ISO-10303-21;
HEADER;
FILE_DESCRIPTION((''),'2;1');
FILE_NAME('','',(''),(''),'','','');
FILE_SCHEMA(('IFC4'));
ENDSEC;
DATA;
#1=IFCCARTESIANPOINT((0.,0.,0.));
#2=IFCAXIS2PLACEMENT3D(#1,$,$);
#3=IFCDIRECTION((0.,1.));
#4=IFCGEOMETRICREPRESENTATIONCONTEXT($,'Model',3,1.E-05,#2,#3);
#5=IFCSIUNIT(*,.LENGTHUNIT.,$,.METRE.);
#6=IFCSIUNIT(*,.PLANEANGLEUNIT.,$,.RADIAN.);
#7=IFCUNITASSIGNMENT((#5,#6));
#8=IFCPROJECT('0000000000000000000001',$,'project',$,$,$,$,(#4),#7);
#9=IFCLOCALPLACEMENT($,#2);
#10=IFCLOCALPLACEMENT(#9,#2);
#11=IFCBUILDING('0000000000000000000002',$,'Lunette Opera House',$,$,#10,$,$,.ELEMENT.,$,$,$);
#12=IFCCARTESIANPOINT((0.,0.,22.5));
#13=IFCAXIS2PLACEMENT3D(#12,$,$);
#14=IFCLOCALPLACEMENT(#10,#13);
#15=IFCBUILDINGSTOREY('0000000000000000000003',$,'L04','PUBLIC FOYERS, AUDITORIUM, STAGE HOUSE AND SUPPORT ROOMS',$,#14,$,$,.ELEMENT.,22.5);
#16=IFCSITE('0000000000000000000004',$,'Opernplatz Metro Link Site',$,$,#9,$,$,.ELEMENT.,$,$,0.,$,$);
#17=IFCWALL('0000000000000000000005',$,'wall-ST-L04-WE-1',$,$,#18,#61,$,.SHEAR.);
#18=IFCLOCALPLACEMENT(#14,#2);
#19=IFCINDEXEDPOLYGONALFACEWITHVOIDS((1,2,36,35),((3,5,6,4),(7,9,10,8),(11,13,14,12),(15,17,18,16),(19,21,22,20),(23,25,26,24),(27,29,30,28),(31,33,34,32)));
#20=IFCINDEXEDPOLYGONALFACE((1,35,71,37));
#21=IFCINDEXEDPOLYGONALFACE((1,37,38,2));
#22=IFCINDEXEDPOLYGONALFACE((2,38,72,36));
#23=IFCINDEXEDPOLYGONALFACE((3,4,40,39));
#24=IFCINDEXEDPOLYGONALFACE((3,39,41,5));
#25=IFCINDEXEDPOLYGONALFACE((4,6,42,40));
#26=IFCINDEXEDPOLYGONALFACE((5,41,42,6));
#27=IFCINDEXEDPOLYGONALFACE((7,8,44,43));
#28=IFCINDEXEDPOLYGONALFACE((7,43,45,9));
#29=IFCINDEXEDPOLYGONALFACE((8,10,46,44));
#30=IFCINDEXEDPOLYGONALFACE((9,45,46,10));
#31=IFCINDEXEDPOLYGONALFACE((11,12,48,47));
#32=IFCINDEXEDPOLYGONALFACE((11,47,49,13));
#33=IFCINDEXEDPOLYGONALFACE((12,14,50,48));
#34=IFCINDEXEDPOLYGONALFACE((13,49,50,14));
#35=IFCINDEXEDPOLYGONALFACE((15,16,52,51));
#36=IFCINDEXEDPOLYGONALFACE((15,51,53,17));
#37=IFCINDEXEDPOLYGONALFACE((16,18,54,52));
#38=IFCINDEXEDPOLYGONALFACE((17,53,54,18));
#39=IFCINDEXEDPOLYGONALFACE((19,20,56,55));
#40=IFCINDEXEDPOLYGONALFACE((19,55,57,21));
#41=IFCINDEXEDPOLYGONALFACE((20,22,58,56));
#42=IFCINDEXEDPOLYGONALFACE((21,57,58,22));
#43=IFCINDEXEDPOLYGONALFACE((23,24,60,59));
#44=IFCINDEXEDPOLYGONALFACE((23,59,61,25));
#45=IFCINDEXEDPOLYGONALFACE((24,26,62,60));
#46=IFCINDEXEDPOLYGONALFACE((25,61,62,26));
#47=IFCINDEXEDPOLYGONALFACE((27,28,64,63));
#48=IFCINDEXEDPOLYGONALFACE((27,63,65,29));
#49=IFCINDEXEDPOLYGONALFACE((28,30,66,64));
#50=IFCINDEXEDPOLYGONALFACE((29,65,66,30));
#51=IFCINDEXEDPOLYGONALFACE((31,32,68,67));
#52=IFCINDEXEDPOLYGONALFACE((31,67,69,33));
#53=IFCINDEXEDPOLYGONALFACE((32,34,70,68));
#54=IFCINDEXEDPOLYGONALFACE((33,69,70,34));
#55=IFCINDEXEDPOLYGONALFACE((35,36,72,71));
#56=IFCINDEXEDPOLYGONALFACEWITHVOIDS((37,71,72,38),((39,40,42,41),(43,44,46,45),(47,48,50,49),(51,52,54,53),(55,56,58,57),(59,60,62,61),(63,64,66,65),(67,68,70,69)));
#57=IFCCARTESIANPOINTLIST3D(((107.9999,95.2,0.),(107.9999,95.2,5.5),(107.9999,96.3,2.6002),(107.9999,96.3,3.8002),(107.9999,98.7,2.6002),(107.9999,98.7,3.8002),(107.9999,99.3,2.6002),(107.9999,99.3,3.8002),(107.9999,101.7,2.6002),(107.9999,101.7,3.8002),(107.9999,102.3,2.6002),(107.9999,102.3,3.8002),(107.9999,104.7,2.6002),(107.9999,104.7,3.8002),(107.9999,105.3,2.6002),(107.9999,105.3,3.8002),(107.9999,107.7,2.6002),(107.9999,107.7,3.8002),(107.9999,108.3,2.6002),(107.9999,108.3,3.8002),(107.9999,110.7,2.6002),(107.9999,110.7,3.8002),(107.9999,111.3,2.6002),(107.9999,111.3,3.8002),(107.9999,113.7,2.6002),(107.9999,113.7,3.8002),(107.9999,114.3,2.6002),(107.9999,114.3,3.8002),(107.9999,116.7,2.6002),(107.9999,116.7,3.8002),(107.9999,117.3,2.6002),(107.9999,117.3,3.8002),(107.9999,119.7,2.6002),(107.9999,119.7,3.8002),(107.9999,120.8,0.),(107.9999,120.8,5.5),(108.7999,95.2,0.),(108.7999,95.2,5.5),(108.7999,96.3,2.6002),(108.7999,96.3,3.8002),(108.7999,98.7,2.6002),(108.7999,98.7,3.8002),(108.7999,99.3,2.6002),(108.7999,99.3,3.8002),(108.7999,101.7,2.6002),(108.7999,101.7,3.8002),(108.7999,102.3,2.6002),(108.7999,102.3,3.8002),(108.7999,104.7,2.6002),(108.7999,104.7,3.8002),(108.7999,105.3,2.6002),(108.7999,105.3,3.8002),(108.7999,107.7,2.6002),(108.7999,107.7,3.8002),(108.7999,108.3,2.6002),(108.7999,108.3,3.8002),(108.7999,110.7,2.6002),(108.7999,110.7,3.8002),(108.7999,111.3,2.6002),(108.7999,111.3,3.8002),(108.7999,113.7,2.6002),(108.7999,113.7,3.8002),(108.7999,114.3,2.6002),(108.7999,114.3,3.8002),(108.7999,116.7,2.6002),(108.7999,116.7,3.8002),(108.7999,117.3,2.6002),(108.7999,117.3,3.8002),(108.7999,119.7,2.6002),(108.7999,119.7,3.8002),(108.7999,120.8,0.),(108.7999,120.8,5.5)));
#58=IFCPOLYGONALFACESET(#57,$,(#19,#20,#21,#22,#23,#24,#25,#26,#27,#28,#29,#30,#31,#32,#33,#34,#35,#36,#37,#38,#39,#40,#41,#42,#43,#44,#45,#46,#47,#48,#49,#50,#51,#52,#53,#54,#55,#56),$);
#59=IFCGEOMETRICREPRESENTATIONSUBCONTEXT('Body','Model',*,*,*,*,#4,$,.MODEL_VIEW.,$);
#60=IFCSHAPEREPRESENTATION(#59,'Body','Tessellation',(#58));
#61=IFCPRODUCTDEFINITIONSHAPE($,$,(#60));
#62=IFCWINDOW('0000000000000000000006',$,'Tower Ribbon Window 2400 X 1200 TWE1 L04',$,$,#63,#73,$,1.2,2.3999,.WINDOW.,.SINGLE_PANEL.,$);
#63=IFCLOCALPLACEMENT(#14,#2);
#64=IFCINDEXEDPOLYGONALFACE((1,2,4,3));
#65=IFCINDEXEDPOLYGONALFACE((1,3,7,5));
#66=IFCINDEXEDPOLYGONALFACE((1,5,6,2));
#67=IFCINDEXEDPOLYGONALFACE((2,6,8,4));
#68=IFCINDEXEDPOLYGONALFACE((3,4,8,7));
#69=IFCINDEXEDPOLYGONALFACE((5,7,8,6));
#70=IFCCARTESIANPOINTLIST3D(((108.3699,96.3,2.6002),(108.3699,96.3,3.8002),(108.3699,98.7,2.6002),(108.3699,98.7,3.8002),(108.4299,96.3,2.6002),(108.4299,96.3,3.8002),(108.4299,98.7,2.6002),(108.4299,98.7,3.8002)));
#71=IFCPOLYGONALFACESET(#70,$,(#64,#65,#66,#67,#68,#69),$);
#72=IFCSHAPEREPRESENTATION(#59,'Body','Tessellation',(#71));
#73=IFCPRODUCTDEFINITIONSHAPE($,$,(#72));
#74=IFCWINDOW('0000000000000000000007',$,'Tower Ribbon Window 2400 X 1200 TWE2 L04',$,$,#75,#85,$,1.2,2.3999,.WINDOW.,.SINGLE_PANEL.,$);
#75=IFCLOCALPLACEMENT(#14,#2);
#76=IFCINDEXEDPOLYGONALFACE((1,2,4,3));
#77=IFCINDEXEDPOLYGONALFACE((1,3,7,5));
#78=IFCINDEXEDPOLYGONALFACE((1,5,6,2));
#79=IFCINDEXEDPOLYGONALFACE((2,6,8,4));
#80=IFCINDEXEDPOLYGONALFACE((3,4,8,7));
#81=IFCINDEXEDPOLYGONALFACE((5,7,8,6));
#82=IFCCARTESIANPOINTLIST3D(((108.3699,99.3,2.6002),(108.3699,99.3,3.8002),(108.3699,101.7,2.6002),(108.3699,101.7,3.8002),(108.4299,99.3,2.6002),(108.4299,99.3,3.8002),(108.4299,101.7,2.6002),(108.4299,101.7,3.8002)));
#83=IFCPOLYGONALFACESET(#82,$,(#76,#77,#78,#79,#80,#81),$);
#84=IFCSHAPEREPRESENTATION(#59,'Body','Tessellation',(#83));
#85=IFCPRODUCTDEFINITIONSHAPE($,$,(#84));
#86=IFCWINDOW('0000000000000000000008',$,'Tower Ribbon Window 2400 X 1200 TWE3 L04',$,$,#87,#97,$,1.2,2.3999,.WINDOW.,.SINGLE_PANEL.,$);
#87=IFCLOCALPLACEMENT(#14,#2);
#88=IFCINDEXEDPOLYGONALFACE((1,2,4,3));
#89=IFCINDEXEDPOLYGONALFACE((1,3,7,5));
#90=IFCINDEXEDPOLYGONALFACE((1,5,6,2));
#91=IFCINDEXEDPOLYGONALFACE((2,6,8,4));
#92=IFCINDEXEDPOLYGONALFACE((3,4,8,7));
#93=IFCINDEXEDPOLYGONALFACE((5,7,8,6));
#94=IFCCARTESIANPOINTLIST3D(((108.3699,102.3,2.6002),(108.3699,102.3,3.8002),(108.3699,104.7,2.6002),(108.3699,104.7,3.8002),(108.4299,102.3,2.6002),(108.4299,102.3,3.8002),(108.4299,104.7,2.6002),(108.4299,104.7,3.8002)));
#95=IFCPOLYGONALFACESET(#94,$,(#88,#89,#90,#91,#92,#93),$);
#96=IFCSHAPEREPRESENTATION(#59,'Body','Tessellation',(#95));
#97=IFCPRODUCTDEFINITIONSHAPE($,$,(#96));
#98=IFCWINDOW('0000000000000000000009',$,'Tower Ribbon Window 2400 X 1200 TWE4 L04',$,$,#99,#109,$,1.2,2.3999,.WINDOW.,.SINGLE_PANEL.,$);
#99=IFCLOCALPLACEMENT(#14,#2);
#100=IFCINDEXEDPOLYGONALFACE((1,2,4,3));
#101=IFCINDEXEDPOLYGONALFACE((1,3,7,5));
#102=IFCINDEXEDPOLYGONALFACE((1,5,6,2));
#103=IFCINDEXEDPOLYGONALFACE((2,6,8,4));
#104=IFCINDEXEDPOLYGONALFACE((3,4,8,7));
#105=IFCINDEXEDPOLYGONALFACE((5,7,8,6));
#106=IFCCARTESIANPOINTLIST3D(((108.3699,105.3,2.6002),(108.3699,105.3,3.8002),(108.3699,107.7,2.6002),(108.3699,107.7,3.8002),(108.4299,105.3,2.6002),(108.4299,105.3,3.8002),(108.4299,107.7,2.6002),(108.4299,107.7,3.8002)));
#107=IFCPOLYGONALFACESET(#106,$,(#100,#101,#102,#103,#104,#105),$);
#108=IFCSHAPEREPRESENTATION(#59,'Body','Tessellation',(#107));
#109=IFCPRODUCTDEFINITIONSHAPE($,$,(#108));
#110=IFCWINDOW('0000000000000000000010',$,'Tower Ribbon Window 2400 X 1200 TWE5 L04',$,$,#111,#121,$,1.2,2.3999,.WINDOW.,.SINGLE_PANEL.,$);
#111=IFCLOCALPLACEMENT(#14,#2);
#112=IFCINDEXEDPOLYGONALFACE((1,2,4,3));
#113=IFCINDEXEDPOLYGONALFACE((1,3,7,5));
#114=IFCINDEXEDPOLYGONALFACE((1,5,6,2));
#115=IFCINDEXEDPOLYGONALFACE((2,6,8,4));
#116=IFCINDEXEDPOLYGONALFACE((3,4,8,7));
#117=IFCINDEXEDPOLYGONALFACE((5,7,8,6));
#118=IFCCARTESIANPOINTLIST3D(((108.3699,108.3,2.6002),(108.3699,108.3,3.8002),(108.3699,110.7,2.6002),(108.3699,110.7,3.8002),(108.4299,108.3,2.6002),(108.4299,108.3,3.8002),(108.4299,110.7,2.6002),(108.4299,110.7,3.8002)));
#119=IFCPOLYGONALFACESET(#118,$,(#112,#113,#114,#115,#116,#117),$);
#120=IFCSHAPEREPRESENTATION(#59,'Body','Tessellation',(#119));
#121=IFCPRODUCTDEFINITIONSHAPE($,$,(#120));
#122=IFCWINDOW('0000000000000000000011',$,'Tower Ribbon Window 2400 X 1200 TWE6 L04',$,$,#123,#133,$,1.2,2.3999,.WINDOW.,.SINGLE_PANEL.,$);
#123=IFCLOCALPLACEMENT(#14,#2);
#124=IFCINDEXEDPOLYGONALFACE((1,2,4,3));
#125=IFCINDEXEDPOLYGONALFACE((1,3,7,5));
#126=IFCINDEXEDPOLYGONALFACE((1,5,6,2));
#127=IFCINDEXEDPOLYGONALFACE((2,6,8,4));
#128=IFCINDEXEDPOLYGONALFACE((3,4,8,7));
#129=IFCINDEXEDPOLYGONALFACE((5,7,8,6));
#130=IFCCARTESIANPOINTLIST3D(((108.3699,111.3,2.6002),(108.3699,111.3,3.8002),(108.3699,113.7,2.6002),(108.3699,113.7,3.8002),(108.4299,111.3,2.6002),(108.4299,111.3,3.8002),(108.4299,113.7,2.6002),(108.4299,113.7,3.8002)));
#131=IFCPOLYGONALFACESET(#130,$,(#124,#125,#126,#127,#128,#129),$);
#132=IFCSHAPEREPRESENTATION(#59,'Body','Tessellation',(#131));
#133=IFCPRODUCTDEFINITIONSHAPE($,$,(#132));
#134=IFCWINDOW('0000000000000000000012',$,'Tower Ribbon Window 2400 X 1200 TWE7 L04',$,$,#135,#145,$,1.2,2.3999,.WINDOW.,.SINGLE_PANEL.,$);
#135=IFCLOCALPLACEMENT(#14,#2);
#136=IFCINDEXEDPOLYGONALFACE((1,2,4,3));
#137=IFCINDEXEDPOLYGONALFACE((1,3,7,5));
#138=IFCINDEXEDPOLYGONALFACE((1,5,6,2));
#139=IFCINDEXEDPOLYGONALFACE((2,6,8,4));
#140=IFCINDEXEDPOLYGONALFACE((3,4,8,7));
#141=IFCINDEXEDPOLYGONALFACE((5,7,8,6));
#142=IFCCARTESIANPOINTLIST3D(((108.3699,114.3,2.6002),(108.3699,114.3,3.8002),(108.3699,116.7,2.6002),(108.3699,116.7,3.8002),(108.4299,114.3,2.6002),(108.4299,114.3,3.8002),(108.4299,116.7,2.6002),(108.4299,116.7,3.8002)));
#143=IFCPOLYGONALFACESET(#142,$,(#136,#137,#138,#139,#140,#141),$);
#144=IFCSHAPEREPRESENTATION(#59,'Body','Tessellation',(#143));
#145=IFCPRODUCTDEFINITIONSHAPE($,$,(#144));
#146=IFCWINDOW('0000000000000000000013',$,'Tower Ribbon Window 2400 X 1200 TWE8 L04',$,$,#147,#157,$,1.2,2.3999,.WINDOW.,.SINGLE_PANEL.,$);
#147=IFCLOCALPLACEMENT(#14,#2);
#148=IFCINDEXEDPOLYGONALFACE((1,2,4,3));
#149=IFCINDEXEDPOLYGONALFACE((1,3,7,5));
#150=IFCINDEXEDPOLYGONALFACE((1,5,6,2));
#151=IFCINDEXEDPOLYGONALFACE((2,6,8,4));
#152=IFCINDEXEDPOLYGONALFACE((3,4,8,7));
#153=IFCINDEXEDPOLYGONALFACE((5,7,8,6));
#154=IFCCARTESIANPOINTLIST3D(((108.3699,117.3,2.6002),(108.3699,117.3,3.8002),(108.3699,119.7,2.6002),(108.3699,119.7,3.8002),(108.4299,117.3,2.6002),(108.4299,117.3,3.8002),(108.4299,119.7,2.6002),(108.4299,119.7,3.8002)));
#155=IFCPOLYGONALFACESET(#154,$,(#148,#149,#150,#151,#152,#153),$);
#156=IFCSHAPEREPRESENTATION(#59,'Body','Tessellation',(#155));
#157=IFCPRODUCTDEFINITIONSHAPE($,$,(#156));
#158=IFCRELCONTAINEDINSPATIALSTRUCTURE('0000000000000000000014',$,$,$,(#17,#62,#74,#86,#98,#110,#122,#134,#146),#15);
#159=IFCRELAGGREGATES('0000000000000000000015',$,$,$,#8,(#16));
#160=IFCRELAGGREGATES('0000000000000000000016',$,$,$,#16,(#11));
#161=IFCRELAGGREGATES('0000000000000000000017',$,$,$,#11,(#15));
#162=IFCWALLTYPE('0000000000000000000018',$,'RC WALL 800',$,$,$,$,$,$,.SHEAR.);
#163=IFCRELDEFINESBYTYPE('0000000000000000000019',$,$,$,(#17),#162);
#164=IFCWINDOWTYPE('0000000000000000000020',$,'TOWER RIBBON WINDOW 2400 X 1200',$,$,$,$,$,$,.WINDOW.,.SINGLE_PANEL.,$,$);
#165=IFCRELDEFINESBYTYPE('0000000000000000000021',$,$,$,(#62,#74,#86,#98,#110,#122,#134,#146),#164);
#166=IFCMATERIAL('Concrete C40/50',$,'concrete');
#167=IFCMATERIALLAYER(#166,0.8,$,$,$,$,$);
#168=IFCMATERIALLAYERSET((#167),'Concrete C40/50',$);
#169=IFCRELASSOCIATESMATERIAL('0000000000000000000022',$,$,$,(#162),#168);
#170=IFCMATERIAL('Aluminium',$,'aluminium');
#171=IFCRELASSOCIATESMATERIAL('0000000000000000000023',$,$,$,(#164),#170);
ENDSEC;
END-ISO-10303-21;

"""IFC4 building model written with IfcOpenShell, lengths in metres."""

from ifc_helpers import new_model, si_unit, direction, frame, frame_2d, origin, place, context, subcontext, project, spatial, rectangle, extrude, material, layer, layer_set, type_object, element, fill, save


model = new_model("IFC4")

# Units and contexts
model_context = context("Model", 3, precision=1e-05, world=origin(), true_north=direction((0.0, 1.0)))
body_context = subcontext(model_context, "Body", "Model", "MODEL_VIEW")
ifc_project = project(units=[si_unit("LENGTHUNIT", "METRE"), si_unit("PLANEANGLEUNIT", "RADIAN")], contexts=[model_context])

# Site, building, storey
site_placement = place(None, origin())
site = spatial("IfcSite", under=ifc_project, at=site_placement, Name="Opernplatz Metro Link Site", CompositionType="ELEMENT", RefElevation=0.0)
building_placement = place(site_placement, origin())
building = spatial("IfcBuilding", under=site, at=building_placement, Name="Lunette Opera House", CompositionType="ELEMENT")
storey_placement = place(building_placement, frame((0.0, 0.0, 22.5)))
storey = spatial("IfcBuildingStorey", under=building, at=storey_placement, Name="L04", Description="PUBLIC FOYERS, AUDITORIUM, STAGE HOUSE AND SUPPORT ROOMS", CompositionType="ELEMENT", Elevation=22.5)

# Wall, openings, windows
ifc_material_1 = material(Name="Concrete C40/50", Category="concrete")
ifc_layer_1 = layer(ifc_material_1, 0.8)
ifc_layer_set_1 = layer_set([ifc_layer_1], Name="Concrete C40/50")
wall_type_1 = type_object("IfcWallType", Name="RC WALL 800", PredefinedType="SHEAR", material=ifc_layer_set_1)
wall_1_placement = place(storey_placement, frame((108.3999, 95.2, 0.0), z_axis=(0.0, 0.0, 1.0), x_axis=(0.0, 1.0, 0.0)))
wall_1 = element("IfcWall", 1, at=wall_1_placement, inside=storey, type_object=wall_type_1, Name="wall-ST-L04-WE-1", PredefinedType="SHEAR", context=body_context, shape_type="SweptSolid", body=[
    extrude(rectangle(XDim=25.6001, YDim=0.8, at=frame_2d((12.8, 0.0))), origin(), (0.0, 0.0, 1.0), 5.5),
])
opening_1_placement = place(wall_1_placement, frame((1.1001, 0.0, 2.6001)))
opening_1 = element("IfcOpeningElement", 2, at=opening_1_placement, cuts=wall_1, PredefinedType="OPENING", context=body_context, shape_type="SweptSolid", body=[
    extrude(rectangle(XDim=2.3999, YDim=1.2, at=frame_2d((1.2, 0.6001))), frame((0.0, 0.4121, 0.0), z_axis=(0.0, -1.0, 0.0), x_axis=(1.0, 0.0, 0.0)), (0.0, 0.0, 1.0), 0.824),
])
opening_2_placement = place(wall_1_placement, frame((4.1001, 0.0, 2.6001)))
opening_2 = element("IfcOpeningElement", 3, at=opening_2_placement, cuts=wall_1, PredefinedType="OPENING", context=body_context, shape_type="SweptSolid", body=[
    extrude(rectangle(XDim=2.3999, YDim=1.2, at=frame_2d((1.2, 0.6001))), frame((0.0, 0.4121, 0.0), z_axis=(0.0, -1.0, 0.0), x_axis=(1.0, 0.0, 0.0)), (0.0, 0.0, 1.0), 0.824),
])
opening_3_placement = place(wall_1_placement, frame((7.1001, 0.0, 2.6001)))
opening_3 = element("IfcOpeningElement", 4, at=opening_3_placement, cuts=wall_1, PredefinedType="OPENING", context=body_context, shape_type="SweptSolid", body=[
    extrude(rectangle(XDim=2.3999, YDim=1.2, at=frame_2d((1.2, 0.6001))), frame((0.0, 0.4121, 0.0), z_axis=(0.0, -1.0, 0.0), x_axis=(1.0, 0.0, 0.0)), (0.0, 0.0, 1.0), 0.824),
])
opening_4_placement = place(wall_1_placement, frame((10.1001, 0.0, 2.6001)))
opening_4 = element("IfcOpeningElement", 5, at=opening_4_placement, cuts=wall_1, PredefinedType="OPENING", context=body_context, shape_type="SweptSolid", body=[
    extrude(rectangle(XDim=2.3999, YDim=1.2, at=frame_2d((1.2, 0.6001))), frame((0.0, 0.4121, 0.0), z_axis=(0.0, -1.0, 0.0), x_axis=(1.0, 0.0, 0.0)), (0.0, 0.0, 1.0), 0.824),
])
opening_5_placement = place(wall_1_placement, frame((13.1001, 0.0, 2.6001)))
opening_5 = element("IfcOpeningElement", 6, at=opening_5_placement, cuts=wall_1, PredefinedType="OPENING", context=body_context, shape_type="SweptSolid", body=[
    extrude(rectangle(XDim=2.3999, YDim=1.2, at=frame_2d((1.2, 0.6001))), frame((0.0, 0.4121, 0.0), z_axis=(0.0, -1.0, 0.0), x_axis=(1.0, 0.0, 0.0)), (0.0, 0.0, 1.0), 0.824),
])
opening_6_placement = place(wall_1_placement, frame((16.1001, 0.0, 2.6001)))
opening_6 = element("IfcOpeningElement", 7, at=opening_6_placement, cuts=wall_1, PredefinedType="OPENING", context=body_context, shape_type="SweptSolid", body=[
    extrude(rectangle(XDim=2.3999, YDim=1.2, at=frame_2d((1.2, 0.6001))), frame((0.0, 0.4121, 0.0), z_axis=(0.0, -1.0, 0.0), x_axis=(1.0, 0.0, 0.0)), (0.0, 0.0, 1.0), 0.824),
])
opening_7_placement = place(wall_1_placement, frame((19.1001, 0.0, 2.6001)))
opening_7 = element("IfcOpeningElement", 8, at=opening_7_placement, cuts=wall_1, PredefinedType="OPENING", context=body_context, shape_type="SweptSolid", body=[
    extrude(rectangle(XDim=2.3999, YDim=1.2, at=frame_2d((1.2, 0.6001))), frame((0.0, 0.4121, 0.0), z_axis=(0.0, -1.0, 0.0), x_axis=(1.0, 0.0, 0.0)), (0.0, 0.0, 1.0), 0.824),
])
opening_8_placement = place(wall_1_placement, frame((22.1001, 0.0, 2.6001)))
opening_8 = element("IfcOpeningElement", 9, at=opening_8_placement, cuts=wall_1, PredefinedType="OPENING", context=body_context, shape_type="SweptSolid", body=[
    extrude(rectangle(XDim=2.3999, YDim=1.2, at=frame_2d((1.2, 0.6001))), frame((0.0, 0.4121, 0.0), z_axis=(0.0, -1.0, 0.0), x_axis=(1.0, 0.0, 0.0)), (0.0, 0.0, 1.0), 0.824),
])
ifc_material_2 = material(Name="Aluminium", Category="aluminium")
window_type = type_object("IfcWindowType", Name="TOWER RIBBON WINDOW 2400 X 1200", PartitioningType="SINGLE_PANEL", PredefinedType="WINDOW", material=ifc_material_2)
window_1_placement = place(opening_1_placement, origin())
window_1 = element("IfcWindow", 10, at=window_1_placement, inside=storey, type_object=window_type, Name="Tower Ribbon Window 2400 X 1200 TWE1 L04", OverallHeight=1.2, OverallWidth=2.3999, PartitioningType="SINGLE_PANEL", PredefinedType="WINDOW", context=body_context, shape_type="SweptSolid", body=[
    extrude(rectangle(XDim=2.3999, YDim=1.2, at=frame_2d((1.2, 0.6001))), frame((0.0, 0.03, 0.0), z_axis=(0.0, -1.0, 0.0), x_axis=(1.0, 0.0, 0.0)), (0.0, 0.0, 1.0), 0.0601),
])
fill(opening_1, window_1)
window_2_placement = place(opening_2_placement, origin())
window_2 = element("IfcWindow", 11, at=window_2_placement, inside=storey, type_object=window_type, Name="Tower Ribbon Window 2400 X 1200 TWE2 L04", OverallHeight=1.2, OverallWidth=2.3999, PartitioningType="SINGLE_PANEL", PredefinedType="WINDOW", context=body_context, shape_type="SweptSolid", body=[
    extrude(rectangle(XDim=2.3999, YDim=1.2, at=frame_2d((1.2, 0.6001))), frame((0.0, 0.03, 0.0), z_axis=(0.0, -1.0, 0.0), x_axis=(1.0, 0.0, 0.0)), (0.0, 0.0, 1.0), 0.0601),
])
fill(opening_2, window_2)
window_3_placement = place(opening_3_placement, origin())
window_3 = element("IfcWindow", 12, at=window_3_placement, inside=storey, type_object=window_type, Name="Tower Ribbon Window 2400 X 1200 TWE3 L04", OverallHeight=1.2, OverallWidth=2.3999, PartitioningType="SINGLE_PANEL", PredefinedType="WINDOW", context=body_context, shape_type="SweptSolid", body=[
    extrude(rectangle(XDim=2.3999, YDim=1.2, at=frame_2d((1.2, 0.6001))), frame((0.0, 0.03, 0.0), z_axis=(0.0, -1.0, 0.0), x_axis=(1.0, 0.0, 0.0)), (0.0, 0.0, 1.0), 0.0601),
])
fill(opening_3, window_3)
window_4_placement = place(opening_4_placement, origin())
window_4 = element("IfcWindow", 13, at=window_4_placement, inside=storey, type_object=window_type, Name="Tower Ribbon Window 2400 X 1200 TWE4 L04", OverallHeight=1.2, OverallWidth=2.3999, PartitioningType="SINGLE_PANEL", PredefinedType="WINDOW", context=body_context, shape_type="SweptSolid", body=[
    extrude(rectangle(XDim=2.3999, YDim=1.2, at=frame_2d((1.2, 0.6001))), frame((0.0, 0.03, 0.0), z_axis=(0.0, -1.0, 0.0), x_axis=(1.0, 0.0, 0.0)), (0.0, 0.0, 1.0), 0.0601),
])
fill(opening_4, window_4)
window_5_placement = place(opening_5_placement, origin())
window_5 = element("IfcWindow", 14, at=window_5_placement, inside=storey, type_object=window_type, Name="Tower Ribbon Window 2400 X 1200 TWE5 L04", OverallHeight=1.2, OverallWidth=2.3999, PartitioningType="SINGLE_PANEL", PredefinedType="WINDOW", context=body_context, shape_type="SweptSolid", body=[
    extrude(rectangle(XDim=2.3999, YDim=1.2, at=frame_2d((1.2, 0.6001))), frame((0.0, 0.03, 0.0), z_axis=(0.0, -1.0, 0.0), x_axis=(1.0, 0.0, 0.0)), (0.0, 0.0, 1.0), 0.0601),
])
fill(opening_5, window_5)
window_6_placement = place(opening_6_placement, origin())
window_6 = element("IfcWindow", 15, at=window_6_placement, inside=storey, type_object=window_type, Name="Tower Ribbon Window 2400 X 1200 TWE6 L04", OverallHeight=1.2, OverallWidth=2.3999, PartitioningType="SINGLE_PANEL", PredefinedType="WINDOW", context=body_context, shape_type="SweptSolid", body=[
    extrude(rectangle(XDim=2.3999, YDim=1.2, at=frame_2d((1.2, 0.6001))), frame((0.0, 0.03, 0.0), z_axis=(0.0, -1.0, 0.0), x_axis=(1.0, 0.0, 0.0)), (0.0, 0.0, 1.0), 0.0601),
])
fill(opening_6, window_6)
window_7_placement = place(opening_7_placement, origin())
window_7 = element("IfcWindow", 16, at=window_7_placement, inside=storey, type_object=window_type, Name="Tower Ribbon Window 2400 X 1200 TWE7 L04", OverallHeight=1.2, OverallWidth=2.3999, PartitioningType="SINGLE_PANEL", PredefinedType="WINDOW", context=body_context, shape_type="SweptSolid", body=[
    extrude(rectangle(XDim=2.3999, YDim=1.2, at=frame_2d((1.2, 0.6001))), frame((0.0, 0.03, 0.0), z_axis=(0.0, -1.0, 0.0), x_axis=(1.0, 0.0, 0.0)), (0.0, 0.0, 1.0), 0.0601),
])
fill(opening_7, window_7)
window_8_placement = place(opening_8_placement, origin())
window_8 = element("IfcWindow", 17, at=window_8_placement, inside=storey, type_object=window_type, Name="Tower Ribbon Window 2400 X 1200 TWE8 L04", OverallHeight=1.2, OverallWidth=2.3999, PartitioningType="SINGLE_PANEL", PredefinedType="WINDOW", context=body_context, shape_type="SweptSolid", body=[
    extrude(rectangle(XDim=2.3999, YDim=1.2, at=frame_2d((1.2, 0.6001))), frame((0.0, 0.03, 0.0), z_axis=(0.0, -1.0, 0.0), x_axis=(1.0, 0.0, 0.0)), (0.0, 0.0, 1.0), 0.0601),
])
fill(opening_8, window_8)

save(model, "model.ifc")
